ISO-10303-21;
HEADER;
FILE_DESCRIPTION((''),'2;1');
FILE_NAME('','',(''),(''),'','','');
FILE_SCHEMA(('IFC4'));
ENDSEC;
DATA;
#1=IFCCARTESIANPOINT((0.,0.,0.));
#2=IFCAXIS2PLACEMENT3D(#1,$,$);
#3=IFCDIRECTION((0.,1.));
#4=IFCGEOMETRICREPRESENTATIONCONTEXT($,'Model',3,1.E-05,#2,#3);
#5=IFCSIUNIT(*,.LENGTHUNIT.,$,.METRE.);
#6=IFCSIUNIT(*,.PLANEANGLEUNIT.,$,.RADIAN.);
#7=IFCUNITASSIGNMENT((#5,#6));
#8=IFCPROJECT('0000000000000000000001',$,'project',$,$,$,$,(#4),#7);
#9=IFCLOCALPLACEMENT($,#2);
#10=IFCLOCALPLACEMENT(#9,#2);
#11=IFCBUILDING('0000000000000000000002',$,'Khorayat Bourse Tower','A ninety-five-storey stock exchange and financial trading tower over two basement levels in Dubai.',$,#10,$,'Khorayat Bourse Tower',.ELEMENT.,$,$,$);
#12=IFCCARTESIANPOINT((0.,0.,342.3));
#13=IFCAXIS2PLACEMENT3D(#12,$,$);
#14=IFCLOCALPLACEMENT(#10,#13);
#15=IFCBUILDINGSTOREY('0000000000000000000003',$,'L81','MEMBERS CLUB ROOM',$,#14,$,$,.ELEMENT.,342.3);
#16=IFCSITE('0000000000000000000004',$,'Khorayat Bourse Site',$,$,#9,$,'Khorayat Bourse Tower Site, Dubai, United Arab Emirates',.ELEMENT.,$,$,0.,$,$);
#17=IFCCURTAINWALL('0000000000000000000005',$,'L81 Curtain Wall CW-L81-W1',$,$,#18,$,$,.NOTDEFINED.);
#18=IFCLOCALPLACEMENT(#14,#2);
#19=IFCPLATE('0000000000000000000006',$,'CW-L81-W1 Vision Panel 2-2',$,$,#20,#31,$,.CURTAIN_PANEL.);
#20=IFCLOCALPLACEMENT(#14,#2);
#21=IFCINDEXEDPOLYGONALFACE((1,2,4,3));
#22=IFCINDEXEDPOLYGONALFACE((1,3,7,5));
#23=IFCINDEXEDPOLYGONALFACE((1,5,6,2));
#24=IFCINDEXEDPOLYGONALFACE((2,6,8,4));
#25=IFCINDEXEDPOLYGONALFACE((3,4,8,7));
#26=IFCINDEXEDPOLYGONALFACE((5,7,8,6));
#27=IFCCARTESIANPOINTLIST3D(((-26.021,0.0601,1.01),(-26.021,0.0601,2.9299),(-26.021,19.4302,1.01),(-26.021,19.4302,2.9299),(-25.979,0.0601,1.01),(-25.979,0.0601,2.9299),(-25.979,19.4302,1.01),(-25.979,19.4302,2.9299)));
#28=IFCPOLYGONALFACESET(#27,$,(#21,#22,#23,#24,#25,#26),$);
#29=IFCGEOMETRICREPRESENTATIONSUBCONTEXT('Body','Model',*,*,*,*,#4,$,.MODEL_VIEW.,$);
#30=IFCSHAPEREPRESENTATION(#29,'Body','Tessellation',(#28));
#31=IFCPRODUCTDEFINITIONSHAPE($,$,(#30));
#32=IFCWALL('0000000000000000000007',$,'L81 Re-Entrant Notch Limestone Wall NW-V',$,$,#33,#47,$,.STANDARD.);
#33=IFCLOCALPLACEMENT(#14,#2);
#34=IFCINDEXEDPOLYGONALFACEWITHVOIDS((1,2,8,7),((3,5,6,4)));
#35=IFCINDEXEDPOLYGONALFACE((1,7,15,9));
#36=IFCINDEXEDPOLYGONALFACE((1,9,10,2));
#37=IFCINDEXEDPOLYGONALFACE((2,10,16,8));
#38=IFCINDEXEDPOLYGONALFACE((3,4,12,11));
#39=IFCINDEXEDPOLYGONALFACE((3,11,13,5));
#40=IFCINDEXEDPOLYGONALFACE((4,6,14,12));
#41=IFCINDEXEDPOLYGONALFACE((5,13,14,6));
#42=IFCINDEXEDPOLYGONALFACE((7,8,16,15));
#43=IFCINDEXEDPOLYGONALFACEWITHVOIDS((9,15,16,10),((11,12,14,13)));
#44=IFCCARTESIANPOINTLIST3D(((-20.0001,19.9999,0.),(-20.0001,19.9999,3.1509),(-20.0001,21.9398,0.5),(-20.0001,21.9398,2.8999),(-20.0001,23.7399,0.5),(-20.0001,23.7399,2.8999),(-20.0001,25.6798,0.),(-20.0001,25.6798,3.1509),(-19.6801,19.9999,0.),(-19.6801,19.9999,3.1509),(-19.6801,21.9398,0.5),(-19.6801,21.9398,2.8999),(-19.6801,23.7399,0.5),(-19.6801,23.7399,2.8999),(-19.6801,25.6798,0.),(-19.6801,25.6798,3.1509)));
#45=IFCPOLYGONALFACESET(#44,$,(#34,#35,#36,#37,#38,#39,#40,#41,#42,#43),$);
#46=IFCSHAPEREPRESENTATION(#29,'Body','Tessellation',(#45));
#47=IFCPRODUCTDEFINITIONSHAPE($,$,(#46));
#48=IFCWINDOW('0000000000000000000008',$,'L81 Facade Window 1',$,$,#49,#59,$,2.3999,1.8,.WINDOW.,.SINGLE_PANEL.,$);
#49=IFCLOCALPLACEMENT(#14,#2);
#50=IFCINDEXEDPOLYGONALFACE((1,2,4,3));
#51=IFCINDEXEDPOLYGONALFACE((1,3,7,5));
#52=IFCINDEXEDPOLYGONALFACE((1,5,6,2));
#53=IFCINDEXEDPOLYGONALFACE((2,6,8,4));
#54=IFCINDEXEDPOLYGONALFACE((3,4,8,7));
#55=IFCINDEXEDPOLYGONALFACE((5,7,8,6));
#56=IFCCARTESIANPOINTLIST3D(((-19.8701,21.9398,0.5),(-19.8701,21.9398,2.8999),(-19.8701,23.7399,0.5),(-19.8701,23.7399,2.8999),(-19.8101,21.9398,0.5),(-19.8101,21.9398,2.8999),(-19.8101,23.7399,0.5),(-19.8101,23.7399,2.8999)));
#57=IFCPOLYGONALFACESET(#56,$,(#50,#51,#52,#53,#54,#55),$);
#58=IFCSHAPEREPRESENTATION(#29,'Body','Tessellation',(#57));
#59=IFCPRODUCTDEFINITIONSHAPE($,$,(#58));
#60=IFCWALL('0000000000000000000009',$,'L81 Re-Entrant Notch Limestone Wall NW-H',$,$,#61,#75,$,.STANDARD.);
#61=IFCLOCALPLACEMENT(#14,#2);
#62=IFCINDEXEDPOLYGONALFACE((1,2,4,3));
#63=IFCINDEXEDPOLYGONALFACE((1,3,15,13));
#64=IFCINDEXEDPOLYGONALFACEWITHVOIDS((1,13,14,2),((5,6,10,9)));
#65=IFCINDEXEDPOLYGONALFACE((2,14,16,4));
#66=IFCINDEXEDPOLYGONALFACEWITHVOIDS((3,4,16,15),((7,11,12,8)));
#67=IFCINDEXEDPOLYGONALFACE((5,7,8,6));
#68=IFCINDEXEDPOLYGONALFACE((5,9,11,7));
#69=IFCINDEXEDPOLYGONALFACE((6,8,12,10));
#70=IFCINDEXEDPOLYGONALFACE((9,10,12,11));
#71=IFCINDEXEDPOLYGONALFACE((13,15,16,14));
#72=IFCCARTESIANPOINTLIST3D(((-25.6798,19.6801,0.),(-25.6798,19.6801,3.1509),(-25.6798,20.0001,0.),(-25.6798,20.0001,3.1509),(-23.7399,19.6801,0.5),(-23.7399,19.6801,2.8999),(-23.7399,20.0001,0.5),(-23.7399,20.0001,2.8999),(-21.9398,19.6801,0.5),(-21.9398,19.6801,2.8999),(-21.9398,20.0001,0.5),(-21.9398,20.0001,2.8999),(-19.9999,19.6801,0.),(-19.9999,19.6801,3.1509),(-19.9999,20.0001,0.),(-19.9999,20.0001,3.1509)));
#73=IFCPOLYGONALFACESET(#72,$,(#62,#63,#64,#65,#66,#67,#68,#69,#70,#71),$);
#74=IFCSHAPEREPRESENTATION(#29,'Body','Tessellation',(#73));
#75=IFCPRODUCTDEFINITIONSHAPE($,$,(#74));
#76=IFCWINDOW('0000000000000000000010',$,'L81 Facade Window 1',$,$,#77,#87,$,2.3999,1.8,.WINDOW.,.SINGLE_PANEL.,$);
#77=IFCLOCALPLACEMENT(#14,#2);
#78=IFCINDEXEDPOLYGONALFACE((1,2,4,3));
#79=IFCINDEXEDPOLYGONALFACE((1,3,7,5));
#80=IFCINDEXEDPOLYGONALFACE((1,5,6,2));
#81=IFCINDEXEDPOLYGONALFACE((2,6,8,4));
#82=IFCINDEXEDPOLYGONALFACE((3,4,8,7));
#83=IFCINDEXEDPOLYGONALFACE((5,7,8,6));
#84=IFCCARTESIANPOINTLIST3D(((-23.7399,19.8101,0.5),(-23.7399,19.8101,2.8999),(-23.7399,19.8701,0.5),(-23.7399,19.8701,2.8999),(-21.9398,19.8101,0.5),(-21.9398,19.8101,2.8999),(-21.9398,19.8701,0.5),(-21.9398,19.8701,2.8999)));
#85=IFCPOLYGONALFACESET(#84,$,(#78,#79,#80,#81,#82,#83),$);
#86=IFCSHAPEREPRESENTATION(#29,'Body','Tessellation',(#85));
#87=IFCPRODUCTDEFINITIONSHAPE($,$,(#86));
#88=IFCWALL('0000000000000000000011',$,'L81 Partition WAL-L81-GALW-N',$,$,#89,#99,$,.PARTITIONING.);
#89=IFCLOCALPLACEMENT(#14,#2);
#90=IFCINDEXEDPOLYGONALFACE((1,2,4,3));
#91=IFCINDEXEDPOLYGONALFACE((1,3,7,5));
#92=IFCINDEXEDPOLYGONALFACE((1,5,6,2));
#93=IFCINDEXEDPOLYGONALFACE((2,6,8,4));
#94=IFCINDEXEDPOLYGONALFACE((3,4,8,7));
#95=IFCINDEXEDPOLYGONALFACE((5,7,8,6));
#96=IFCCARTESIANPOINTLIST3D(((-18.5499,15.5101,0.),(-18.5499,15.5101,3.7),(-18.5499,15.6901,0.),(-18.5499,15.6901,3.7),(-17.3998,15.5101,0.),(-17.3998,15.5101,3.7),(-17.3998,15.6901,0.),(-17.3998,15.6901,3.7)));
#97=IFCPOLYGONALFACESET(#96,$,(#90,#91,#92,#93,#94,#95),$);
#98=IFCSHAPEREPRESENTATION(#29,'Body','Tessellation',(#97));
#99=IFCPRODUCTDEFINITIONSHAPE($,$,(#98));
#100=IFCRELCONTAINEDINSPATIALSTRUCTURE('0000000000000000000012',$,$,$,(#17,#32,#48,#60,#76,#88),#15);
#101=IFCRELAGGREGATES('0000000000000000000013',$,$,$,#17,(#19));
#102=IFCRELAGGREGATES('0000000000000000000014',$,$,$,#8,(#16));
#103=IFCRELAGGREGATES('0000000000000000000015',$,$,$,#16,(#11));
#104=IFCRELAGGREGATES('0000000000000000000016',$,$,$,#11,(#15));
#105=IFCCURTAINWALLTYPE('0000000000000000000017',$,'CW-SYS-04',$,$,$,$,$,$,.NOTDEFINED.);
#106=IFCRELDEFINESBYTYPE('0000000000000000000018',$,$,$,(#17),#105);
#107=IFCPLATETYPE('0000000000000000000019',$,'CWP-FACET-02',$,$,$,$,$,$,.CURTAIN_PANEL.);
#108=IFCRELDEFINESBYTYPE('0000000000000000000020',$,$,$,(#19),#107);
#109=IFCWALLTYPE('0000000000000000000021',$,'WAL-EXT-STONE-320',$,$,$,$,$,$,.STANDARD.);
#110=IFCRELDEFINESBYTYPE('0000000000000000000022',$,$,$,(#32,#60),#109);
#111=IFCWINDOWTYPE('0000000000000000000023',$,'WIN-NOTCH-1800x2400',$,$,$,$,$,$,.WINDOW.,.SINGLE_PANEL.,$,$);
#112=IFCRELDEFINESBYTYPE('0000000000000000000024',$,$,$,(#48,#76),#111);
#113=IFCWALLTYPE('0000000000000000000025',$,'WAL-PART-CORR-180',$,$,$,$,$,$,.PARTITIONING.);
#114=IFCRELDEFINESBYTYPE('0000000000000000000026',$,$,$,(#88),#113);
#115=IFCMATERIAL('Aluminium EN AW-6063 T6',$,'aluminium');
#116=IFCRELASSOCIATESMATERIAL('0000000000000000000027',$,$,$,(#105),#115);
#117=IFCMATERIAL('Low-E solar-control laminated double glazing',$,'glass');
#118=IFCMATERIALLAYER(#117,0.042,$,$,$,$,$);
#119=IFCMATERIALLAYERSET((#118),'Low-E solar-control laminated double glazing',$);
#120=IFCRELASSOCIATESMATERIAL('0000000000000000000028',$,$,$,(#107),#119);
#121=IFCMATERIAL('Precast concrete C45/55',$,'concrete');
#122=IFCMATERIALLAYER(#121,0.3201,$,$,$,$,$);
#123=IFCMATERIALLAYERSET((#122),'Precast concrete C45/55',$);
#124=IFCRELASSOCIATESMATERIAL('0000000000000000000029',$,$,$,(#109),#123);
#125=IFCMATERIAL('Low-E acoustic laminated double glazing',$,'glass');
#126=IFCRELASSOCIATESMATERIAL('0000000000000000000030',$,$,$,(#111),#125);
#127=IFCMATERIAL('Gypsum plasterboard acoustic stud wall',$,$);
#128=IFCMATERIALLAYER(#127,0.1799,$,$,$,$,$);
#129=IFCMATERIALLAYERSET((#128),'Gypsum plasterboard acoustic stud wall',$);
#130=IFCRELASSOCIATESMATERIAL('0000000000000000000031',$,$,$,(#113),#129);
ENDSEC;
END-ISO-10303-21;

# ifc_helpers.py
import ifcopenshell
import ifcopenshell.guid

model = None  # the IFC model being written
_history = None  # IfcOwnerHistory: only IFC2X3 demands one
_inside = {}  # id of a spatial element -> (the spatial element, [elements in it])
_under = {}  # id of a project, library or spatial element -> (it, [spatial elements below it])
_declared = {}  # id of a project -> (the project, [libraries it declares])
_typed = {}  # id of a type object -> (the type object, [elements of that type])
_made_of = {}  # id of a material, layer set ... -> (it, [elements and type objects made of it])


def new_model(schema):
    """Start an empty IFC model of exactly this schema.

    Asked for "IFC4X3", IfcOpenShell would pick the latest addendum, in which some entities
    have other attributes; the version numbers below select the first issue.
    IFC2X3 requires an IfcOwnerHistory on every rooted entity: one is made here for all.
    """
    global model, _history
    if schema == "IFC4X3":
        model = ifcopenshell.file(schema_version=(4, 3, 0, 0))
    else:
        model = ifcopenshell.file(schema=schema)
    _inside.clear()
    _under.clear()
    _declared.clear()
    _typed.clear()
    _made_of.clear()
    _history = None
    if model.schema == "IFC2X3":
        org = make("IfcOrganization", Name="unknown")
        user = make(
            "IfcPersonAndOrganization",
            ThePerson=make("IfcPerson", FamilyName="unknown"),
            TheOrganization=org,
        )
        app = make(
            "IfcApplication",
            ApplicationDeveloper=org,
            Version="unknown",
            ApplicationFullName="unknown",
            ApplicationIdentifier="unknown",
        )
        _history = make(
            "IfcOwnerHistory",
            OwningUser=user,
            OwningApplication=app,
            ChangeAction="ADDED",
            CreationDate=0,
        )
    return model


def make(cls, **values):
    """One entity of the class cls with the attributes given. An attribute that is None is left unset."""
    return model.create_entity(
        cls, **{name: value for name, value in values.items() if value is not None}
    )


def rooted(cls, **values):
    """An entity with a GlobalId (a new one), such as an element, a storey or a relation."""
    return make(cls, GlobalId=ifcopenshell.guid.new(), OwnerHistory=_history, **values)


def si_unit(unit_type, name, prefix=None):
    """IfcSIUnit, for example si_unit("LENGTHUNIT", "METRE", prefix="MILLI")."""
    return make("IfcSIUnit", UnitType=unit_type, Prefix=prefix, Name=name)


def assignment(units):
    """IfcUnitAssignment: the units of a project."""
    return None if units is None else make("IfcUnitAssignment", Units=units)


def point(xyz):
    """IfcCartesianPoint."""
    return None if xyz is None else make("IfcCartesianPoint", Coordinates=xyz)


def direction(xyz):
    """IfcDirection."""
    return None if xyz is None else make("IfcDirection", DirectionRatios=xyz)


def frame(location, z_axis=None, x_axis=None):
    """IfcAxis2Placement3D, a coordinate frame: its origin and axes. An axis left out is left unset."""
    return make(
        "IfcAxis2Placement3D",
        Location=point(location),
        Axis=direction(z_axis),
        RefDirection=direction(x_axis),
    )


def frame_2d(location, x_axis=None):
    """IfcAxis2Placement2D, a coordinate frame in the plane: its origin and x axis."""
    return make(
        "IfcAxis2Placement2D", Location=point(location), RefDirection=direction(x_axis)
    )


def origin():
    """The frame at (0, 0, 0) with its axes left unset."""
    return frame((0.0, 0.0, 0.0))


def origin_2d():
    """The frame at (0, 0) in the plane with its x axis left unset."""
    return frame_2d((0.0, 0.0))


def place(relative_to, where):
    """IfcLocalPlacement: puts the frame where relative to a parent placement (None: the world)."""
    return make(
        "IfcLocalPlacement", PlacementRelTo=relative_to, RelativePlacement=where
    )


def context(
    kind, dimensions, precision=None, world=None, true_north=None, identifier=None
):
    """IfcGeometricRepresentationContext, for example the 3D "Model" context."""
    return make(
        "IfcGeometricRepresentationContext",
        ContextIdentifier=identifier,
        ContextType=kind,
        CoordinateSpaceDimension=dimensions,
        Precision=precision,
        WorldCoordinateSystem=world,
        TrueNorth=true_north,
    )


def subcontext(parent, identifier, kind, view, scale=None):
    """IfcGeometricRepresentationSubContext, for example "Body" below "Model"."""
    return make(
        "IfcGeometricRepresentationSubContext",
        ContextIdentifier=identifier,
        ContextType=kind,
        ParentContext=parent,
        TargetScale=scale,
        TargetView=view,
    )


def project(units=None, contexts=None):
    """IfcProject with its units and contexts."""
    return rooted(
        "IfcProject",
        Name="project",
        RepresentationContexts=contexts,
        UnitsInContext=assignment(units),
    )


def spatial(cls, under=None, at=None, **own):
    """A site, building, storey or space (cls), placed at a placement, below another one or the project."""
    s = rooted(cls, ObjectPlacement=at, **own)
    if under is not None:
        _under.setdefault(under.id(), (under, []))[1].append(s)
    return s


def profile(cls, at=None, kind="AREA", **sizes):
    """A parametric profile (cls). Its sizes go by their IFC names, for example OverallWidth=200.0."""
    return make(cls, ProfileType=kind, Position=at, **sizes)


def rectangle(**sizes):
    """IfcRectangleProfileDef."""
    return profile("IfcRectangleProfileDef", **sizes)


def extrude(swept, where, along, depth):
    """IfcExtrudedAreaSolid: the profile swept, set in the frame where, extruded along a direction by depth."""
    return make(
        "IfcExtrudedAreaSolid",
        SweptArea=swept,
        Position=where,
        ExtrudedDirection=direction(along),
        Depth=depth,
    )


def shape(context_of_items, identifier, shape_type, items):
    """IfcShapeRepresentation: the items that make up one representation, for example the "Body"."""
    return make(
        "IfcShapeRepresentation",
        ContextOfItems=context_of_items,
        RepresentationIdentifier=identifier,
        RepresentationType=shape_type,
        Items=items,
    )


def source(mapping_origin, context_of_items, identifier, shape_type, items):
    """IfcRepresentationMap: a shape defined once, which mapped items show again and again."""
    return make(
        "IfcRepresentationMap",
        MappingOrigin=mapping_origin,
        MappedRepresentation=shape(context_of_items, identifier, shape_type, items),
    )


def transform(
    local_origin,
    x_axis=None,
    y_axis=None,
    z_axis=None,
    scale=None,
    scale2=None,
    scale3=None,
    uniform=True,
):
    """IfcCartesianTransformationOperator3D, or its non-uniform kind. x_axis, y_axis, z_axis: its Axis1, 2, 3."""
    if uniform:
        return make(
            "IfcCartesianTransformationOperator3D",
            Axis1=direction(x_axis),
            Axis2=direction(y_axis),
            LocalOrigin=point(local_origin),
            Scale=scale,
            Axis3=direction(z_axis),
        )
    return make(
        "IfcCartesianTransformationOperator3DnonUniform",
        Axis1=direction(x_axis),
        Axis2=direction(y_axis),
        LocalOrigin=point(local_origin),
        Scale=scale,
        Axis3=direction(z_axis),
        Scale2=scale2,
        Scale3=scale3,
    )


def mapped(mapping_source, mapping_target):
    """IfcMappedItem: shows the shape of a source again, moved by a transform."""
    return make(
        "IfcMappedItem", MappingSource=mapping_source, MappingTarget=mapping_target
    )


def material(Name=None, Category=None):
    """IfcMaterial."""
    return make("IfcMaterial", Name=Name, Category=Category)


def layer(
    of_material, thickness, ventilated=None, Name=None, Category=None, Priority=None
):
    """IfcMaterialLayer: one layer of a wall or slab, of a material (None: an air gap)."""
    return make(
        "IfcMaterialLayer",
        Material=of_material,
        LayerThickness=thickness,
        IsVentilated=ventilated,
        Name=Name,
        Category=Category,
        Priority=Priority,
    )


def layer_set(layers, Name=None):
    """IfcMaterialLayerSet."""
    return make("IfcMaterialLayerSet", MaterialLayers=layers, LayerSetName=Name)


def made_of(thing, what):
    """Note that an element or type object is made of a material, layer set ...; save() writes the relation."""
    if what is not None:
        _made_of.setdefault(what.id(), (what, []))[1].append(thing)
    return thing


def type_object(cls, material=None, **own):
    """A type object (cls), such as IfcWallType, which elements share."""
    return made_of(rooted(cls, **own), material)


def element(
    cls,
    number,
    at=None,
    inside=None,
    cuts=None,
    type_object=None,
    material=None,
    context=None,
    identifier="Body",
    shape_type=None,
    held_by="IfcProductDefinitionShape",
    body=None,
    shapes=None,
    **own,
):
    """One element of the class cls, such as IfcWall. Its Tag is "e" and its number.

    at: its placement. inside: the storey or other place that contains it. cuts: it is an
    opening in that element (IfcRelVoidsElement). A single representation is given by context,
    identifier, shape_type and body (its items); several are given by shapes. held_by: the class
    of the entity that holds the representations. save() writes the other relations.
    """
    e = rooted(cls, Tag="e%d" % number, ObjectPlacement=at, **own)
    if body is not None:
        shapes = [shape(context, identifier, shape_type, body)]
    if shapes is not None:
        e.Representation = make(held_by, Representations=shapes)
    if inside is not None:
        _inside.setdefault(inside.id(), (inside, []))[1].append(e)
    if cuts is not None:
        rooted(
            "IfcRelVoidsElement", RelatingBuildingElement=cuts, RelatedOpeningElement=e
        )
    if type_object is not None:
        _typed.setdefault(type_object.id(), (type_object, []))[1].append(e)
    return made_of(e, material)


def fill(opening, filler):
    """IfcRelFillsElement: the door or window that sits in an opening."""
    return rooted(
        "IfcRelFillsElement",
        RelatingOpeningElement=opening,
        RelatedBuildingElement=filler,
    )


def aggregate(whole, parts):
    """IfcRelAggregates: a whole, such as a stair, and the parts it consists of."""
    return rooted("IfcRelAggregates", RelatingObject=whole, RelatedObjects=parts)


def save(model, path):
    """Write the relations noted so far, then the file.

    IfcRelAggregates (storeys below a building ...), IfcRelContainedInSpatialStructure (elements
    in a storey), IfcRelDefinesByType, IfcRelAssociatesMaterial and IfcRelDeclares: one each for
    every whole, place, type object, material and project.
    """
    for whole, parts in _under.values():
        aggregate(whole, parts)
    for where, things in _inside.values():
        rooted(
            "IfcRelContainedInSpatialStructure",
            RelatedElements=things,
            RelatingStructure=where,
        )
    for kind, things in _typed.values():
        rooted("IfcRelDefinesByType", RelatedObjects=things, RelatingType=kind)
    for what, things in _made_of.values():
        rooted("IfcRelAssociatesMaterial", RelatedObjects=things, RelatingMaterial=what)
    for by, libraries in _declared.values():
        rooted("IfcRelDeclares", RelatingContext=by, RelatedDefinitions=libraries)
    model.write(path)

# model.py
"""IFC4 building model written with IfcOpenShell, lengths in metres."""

from ifc_helpers import new_model, si_unit, direction, frame, frame_2d, origin, origin_2d, place, context, subcontext, project, spatial, rectangle, extrude, source, transform, mapped, material, layer, layer_set, type_object, element, fill, aggregate, save


model = new_model("IFC4")

# Units and contexts
model_context = context("Model", 3, precision=1e-05, world=origin(), true_north=direction((0.0, 1.0)))
body_context = subcontext(model_context, "Body", "Model", "MODEL_VIEW")
ifc_project = project(units=[si_unit("LENGTHUNIT", "METRE"), si_unit("PLANEANGLEUNIT", "RADIAN")], contexts=[model_context])

# Site, building, storey
site_placement = place(None, origin())
site = spatial("IfcSite", under=ifc_project, at=site_placement, Name="Khorayat Bourse Site", LongName="Khorayat Bourse Tower Site, Dubai, United Arab Emirates", CompositionType="ELEMENT", RefElevation=0.0)
building_placement = place(site_placement, origin())
building = spatial("IfcBuilding", under=site, at=building_placement, Name="Khorayat Bourse Tower", Description="A ninety-five-storey stock exchange and financial trading tower over two basement levels in Dubai.", LongName="Khorayat Bourse Tower", CompositionType="ELEMENT")
storey_placement = place(building_placement, frame((0.0, 0.0, 342.3)))
storey = spatial("IfcBuildingStorey", under=building, at=storey_placement, Name="L81", Description="MEMBERS CLUB ROOM", CompositionType="ELEMENT", Elevation=342.3)

# Curtain wall
ifc_material_1 = material(Name="Aluminium EN AW-6063 T6", Category="aluminium")
curtain_wall_type = type_object("IfcCurtainWallType", Name="CW-SYS-04", PredefinedType="NOTDEFINED", material=ifc_material_1)
curtain_wall_1_placement = place(storey_placement, origin())
curtain_wall_1 = element("IfcCurtainWall", 1, at=curtain_wall_1_placement, inside=storey, type_object=curtain_wall_type, Name="L81 Curtain Wall CW-L81-W1", PredefinedType="NOTDEFINED")

# Plate
ifc_material_2 = material(Name="Low-E solar-control laminated double glazing", Category="glass")
ifc_layer_1 = layer(ifc_material_2, 0.042)
ifc_layer_set_1 = layer_set([ifc_layer_1], Name="Low-E solar-control laminated double glazing")
plate_type_1 = type_object("IfcPlateType", Name="CWP-FACET-02", PredefinedType="CURTAIN_PANEL", material=ifc_layer_set_1)
shared_shape_1 = source(origin(), body_context, "Body", "SweptSolid", [
    extrude(rectangle(XDim=19.3701, YDim=0.042, at=origin_2d()), origin(), (0.0, 0.0, 1.0), 1.9199),
])
plate_1_placement = place(storey_placement, frame((-26.0, 9.7451, 1.01), z_axis=(0.0, 0.0, 1.0), x_axis=(0.0, 1.0, 0.0)))
plate_1 = element("IfcPlate", 2, at=plate_1_placement, type_object=plate_type_1, Name="CW-L81-W1 Vision Panel 2-2", PredefinedType="CURTAIN_PANEL", context=body_context, shape_type="MappedRepresentation", body=[
    mapped(shared_shape_1, transform((0.0, 0.0, 0.0), scale=1.0)),
])
aggregate(curtain_wall_1, [plate_1])

# Walls, openings, windows
ifc_material_3 = material(Name="Precast concrete C45/55", Category="concrete")
ifc_layer_2 = layer(ifc_material_3, 0.3201)
ifc_layer_set_2 = layer_set([ifc_layer_2], Name="Precast concrete C45/55")
wall_type_1 = type_object("IfcWallType", Name="WAL-EXT-STONE-320", PredefinedType="STANDARD", material=ifc_layer_set_2)
shared_shape_2 = source(origin(), body_context, "Body", "SweptSolid", [
    extrude(rectangle(XDim=5.6799, YDim=0.3201, at=frame_2d((2.8398, 0.0))), origin(), (0.0, 0.0, 1.0), 3.1509),
])
wall_1_placement = place(storey_placement, frame((-19.8401, 20.0, 0.0), z_axis=(0.0, 0.0, 1.0), x_axis=(0.0, 1.0, 0.0)))
wall_1 = element("IfcWall", 3, at=wall_1_placement, inside=storey, type_object=wall_type_1, Name="L81 Re-Entrant Notch Limestone Wall NW-V", PredefinedType="STANDARD", context=body_context, shape_type="MappedRepresentation", body=[
    mapped(shared_shape_2, transform((0.0, 0.0, 0.0), scale=1.0)),
])
shared_shape_3 = source(origin(), body_context, "Body", "SweptSolid", [
    extrude(rectangle(XDim=1.8, YDim=2.3999, at=frame_2d((0.8999, 1.2))), frame((0.0, 0.1699, 0.0), z_axis=(0.0, -1.0, 0.0), x_axis=(1.0, 0.0, 0.0)), (0.0, 0.0, 1.0), 0.3401),
])
opening_1_placement = place(wall_1_placement, frame((1.9399, 0.0, 0.5)))
opening_1 = element("IfcOpeningElement", 4, at=opening_1_placement, cuts=wall_1, PredefinedType="OPENING", context=body_context, shape_type="MappedRepresentation", body=[
    mapped(shared_shape_3, transform((0.0, 0.0, 0.0), scale=1.0)),
])
ifc_material_4 = material(Name="Low-E acoustic laminated double glazing", Category="glass")
window_type = type_object("IfcWindowType", Name="WIN-NOTCH-1800x2400", PartitioningType="SINGLE_PANEL", PredefinedType="WINDOW", material=ifc_material_4)
shared_shape_4 = source(origin(), body_context, "Body", "SweptSolid", [
    extrude(rectangle(XDim=1.8, YDim=2.3999, at=frame_2d((0.8999, 1.2))), frame((0.0, 0.03, 0.0), z_axis=(0.0, -1.0, 0.0), x_axis=(1.0, 0.0, 0.0)), (0.0, 0.0, 1.0), 0.0601),
])
window_1_placement = place(opening_1_placement, origin())
window_1 = element("IfcWindow", 5, at=window_1_placement, inside=storey, type_object=window_type, Name="L81 Facade Window 1", OverallHeight=2.3999, OverallWidth=1.8, PartitioningType="SINGLE_PANEL", PredefinedType="WINDOW", context=body_context, shape_type="MappedRepresentation", body=[
    mapped(shared_shape_4, transform((0.0, 0.0, 0.0), scale=1.0)),
])
fill(opening_1, window_1)
wall_2_placement = place(storey_placement, frame((-20.0, 19.8401, 0.0), z_axis=(0.0, 0.0, 1.0), x_axis=(-1.0, 0.0, 0.0)))
wall_2 = element("IfcWall", 6, at=wall_2_placement, inside=storey, type_object=wall_type_1, Name="L81 Re-Entrant Notch Limestone Wall NW-H", PredefinedType="STANDARD", context=body_context, shape_type="MappedRepresentation", body=[
    mapped(shared_shape_2, transform((0.0, 0.0, 0.0), scale=1.0)),
])
opening_2_placement = place(wall_2_placement, frame((1.9399, 0.0, 0.5)))
opening_2 = element("IfcOpeningElement", 7, at=opening_2_placement, cuts=wall_2, PredefinedType="OPENING", context=body_context, shape_type="MappedRepresentation", body=[
    mapped(shared_shape_3, transform((0.0, 0.0, 0.0), scale=1.0)),
])
window_2_placement = place(opening_2_placement, origin())
window_2 = element("IfcWindow", 8, at=window_2_placement, inside=storey, type_object=window_type, Name="L81 Facade Window 1", OverallHeight=2.3999, OverallWidth=1.8, PartitioningType="SINGLE_PANEL", PredefinedType="WINDOW", context=body_context, shape_type="MappedRepresentation", body=[
    mapped(shared_shape_4, transform((0.0, 0.0, 0.0), scale=1.0)),
])
fill(opening_2, window_2)

# Wall
ifc_material_5 = material(Name="Gypsum plasterboard acoustic stud wall")
ifc_layer_3 = layer(ifc_material_5, 0.1799)
ifc_layer_set_3 = layer_set([ifc_layer_3], Name="Gypsum plasterboard acoustic stud wall")
wall_type_2 = type_object("IfcWallType", Name="WAL-PART-CORR-180", PredefinedType="PARTITIONING", material=ifc_layer_set_3)
shared_shape_5 = source(origin(), body_context, "Body", "SweptSolid", [
    extrude(rectangle(XDim=1.1501, YDim=0.1799, at=frame_2d((0.5752, 0.0))), origin(), (0.0, 0.0, 1.0), 3.7),
])
wall_3_placement = place(storey_placement, frame((-18.55, 15.6001, 0.0), z_axis=(0.0, 0.0, 1.0), x_axis=(1.0, 0.0, 0.0)))
element("IfcWall", 9, at=wall_3_placement, inside=storey, type_object=wall_type_2, Name="L81 Partition WAL-L81-GALW-N", PredefinedType="PARTITIONING", context=body_context, shape_type="MappedRepresentation", body=[
    mapped(shared_shape_5, transform((0.0, 0.0, 0.0), scale=1.0)),
])

save(model, "model.ifc")
